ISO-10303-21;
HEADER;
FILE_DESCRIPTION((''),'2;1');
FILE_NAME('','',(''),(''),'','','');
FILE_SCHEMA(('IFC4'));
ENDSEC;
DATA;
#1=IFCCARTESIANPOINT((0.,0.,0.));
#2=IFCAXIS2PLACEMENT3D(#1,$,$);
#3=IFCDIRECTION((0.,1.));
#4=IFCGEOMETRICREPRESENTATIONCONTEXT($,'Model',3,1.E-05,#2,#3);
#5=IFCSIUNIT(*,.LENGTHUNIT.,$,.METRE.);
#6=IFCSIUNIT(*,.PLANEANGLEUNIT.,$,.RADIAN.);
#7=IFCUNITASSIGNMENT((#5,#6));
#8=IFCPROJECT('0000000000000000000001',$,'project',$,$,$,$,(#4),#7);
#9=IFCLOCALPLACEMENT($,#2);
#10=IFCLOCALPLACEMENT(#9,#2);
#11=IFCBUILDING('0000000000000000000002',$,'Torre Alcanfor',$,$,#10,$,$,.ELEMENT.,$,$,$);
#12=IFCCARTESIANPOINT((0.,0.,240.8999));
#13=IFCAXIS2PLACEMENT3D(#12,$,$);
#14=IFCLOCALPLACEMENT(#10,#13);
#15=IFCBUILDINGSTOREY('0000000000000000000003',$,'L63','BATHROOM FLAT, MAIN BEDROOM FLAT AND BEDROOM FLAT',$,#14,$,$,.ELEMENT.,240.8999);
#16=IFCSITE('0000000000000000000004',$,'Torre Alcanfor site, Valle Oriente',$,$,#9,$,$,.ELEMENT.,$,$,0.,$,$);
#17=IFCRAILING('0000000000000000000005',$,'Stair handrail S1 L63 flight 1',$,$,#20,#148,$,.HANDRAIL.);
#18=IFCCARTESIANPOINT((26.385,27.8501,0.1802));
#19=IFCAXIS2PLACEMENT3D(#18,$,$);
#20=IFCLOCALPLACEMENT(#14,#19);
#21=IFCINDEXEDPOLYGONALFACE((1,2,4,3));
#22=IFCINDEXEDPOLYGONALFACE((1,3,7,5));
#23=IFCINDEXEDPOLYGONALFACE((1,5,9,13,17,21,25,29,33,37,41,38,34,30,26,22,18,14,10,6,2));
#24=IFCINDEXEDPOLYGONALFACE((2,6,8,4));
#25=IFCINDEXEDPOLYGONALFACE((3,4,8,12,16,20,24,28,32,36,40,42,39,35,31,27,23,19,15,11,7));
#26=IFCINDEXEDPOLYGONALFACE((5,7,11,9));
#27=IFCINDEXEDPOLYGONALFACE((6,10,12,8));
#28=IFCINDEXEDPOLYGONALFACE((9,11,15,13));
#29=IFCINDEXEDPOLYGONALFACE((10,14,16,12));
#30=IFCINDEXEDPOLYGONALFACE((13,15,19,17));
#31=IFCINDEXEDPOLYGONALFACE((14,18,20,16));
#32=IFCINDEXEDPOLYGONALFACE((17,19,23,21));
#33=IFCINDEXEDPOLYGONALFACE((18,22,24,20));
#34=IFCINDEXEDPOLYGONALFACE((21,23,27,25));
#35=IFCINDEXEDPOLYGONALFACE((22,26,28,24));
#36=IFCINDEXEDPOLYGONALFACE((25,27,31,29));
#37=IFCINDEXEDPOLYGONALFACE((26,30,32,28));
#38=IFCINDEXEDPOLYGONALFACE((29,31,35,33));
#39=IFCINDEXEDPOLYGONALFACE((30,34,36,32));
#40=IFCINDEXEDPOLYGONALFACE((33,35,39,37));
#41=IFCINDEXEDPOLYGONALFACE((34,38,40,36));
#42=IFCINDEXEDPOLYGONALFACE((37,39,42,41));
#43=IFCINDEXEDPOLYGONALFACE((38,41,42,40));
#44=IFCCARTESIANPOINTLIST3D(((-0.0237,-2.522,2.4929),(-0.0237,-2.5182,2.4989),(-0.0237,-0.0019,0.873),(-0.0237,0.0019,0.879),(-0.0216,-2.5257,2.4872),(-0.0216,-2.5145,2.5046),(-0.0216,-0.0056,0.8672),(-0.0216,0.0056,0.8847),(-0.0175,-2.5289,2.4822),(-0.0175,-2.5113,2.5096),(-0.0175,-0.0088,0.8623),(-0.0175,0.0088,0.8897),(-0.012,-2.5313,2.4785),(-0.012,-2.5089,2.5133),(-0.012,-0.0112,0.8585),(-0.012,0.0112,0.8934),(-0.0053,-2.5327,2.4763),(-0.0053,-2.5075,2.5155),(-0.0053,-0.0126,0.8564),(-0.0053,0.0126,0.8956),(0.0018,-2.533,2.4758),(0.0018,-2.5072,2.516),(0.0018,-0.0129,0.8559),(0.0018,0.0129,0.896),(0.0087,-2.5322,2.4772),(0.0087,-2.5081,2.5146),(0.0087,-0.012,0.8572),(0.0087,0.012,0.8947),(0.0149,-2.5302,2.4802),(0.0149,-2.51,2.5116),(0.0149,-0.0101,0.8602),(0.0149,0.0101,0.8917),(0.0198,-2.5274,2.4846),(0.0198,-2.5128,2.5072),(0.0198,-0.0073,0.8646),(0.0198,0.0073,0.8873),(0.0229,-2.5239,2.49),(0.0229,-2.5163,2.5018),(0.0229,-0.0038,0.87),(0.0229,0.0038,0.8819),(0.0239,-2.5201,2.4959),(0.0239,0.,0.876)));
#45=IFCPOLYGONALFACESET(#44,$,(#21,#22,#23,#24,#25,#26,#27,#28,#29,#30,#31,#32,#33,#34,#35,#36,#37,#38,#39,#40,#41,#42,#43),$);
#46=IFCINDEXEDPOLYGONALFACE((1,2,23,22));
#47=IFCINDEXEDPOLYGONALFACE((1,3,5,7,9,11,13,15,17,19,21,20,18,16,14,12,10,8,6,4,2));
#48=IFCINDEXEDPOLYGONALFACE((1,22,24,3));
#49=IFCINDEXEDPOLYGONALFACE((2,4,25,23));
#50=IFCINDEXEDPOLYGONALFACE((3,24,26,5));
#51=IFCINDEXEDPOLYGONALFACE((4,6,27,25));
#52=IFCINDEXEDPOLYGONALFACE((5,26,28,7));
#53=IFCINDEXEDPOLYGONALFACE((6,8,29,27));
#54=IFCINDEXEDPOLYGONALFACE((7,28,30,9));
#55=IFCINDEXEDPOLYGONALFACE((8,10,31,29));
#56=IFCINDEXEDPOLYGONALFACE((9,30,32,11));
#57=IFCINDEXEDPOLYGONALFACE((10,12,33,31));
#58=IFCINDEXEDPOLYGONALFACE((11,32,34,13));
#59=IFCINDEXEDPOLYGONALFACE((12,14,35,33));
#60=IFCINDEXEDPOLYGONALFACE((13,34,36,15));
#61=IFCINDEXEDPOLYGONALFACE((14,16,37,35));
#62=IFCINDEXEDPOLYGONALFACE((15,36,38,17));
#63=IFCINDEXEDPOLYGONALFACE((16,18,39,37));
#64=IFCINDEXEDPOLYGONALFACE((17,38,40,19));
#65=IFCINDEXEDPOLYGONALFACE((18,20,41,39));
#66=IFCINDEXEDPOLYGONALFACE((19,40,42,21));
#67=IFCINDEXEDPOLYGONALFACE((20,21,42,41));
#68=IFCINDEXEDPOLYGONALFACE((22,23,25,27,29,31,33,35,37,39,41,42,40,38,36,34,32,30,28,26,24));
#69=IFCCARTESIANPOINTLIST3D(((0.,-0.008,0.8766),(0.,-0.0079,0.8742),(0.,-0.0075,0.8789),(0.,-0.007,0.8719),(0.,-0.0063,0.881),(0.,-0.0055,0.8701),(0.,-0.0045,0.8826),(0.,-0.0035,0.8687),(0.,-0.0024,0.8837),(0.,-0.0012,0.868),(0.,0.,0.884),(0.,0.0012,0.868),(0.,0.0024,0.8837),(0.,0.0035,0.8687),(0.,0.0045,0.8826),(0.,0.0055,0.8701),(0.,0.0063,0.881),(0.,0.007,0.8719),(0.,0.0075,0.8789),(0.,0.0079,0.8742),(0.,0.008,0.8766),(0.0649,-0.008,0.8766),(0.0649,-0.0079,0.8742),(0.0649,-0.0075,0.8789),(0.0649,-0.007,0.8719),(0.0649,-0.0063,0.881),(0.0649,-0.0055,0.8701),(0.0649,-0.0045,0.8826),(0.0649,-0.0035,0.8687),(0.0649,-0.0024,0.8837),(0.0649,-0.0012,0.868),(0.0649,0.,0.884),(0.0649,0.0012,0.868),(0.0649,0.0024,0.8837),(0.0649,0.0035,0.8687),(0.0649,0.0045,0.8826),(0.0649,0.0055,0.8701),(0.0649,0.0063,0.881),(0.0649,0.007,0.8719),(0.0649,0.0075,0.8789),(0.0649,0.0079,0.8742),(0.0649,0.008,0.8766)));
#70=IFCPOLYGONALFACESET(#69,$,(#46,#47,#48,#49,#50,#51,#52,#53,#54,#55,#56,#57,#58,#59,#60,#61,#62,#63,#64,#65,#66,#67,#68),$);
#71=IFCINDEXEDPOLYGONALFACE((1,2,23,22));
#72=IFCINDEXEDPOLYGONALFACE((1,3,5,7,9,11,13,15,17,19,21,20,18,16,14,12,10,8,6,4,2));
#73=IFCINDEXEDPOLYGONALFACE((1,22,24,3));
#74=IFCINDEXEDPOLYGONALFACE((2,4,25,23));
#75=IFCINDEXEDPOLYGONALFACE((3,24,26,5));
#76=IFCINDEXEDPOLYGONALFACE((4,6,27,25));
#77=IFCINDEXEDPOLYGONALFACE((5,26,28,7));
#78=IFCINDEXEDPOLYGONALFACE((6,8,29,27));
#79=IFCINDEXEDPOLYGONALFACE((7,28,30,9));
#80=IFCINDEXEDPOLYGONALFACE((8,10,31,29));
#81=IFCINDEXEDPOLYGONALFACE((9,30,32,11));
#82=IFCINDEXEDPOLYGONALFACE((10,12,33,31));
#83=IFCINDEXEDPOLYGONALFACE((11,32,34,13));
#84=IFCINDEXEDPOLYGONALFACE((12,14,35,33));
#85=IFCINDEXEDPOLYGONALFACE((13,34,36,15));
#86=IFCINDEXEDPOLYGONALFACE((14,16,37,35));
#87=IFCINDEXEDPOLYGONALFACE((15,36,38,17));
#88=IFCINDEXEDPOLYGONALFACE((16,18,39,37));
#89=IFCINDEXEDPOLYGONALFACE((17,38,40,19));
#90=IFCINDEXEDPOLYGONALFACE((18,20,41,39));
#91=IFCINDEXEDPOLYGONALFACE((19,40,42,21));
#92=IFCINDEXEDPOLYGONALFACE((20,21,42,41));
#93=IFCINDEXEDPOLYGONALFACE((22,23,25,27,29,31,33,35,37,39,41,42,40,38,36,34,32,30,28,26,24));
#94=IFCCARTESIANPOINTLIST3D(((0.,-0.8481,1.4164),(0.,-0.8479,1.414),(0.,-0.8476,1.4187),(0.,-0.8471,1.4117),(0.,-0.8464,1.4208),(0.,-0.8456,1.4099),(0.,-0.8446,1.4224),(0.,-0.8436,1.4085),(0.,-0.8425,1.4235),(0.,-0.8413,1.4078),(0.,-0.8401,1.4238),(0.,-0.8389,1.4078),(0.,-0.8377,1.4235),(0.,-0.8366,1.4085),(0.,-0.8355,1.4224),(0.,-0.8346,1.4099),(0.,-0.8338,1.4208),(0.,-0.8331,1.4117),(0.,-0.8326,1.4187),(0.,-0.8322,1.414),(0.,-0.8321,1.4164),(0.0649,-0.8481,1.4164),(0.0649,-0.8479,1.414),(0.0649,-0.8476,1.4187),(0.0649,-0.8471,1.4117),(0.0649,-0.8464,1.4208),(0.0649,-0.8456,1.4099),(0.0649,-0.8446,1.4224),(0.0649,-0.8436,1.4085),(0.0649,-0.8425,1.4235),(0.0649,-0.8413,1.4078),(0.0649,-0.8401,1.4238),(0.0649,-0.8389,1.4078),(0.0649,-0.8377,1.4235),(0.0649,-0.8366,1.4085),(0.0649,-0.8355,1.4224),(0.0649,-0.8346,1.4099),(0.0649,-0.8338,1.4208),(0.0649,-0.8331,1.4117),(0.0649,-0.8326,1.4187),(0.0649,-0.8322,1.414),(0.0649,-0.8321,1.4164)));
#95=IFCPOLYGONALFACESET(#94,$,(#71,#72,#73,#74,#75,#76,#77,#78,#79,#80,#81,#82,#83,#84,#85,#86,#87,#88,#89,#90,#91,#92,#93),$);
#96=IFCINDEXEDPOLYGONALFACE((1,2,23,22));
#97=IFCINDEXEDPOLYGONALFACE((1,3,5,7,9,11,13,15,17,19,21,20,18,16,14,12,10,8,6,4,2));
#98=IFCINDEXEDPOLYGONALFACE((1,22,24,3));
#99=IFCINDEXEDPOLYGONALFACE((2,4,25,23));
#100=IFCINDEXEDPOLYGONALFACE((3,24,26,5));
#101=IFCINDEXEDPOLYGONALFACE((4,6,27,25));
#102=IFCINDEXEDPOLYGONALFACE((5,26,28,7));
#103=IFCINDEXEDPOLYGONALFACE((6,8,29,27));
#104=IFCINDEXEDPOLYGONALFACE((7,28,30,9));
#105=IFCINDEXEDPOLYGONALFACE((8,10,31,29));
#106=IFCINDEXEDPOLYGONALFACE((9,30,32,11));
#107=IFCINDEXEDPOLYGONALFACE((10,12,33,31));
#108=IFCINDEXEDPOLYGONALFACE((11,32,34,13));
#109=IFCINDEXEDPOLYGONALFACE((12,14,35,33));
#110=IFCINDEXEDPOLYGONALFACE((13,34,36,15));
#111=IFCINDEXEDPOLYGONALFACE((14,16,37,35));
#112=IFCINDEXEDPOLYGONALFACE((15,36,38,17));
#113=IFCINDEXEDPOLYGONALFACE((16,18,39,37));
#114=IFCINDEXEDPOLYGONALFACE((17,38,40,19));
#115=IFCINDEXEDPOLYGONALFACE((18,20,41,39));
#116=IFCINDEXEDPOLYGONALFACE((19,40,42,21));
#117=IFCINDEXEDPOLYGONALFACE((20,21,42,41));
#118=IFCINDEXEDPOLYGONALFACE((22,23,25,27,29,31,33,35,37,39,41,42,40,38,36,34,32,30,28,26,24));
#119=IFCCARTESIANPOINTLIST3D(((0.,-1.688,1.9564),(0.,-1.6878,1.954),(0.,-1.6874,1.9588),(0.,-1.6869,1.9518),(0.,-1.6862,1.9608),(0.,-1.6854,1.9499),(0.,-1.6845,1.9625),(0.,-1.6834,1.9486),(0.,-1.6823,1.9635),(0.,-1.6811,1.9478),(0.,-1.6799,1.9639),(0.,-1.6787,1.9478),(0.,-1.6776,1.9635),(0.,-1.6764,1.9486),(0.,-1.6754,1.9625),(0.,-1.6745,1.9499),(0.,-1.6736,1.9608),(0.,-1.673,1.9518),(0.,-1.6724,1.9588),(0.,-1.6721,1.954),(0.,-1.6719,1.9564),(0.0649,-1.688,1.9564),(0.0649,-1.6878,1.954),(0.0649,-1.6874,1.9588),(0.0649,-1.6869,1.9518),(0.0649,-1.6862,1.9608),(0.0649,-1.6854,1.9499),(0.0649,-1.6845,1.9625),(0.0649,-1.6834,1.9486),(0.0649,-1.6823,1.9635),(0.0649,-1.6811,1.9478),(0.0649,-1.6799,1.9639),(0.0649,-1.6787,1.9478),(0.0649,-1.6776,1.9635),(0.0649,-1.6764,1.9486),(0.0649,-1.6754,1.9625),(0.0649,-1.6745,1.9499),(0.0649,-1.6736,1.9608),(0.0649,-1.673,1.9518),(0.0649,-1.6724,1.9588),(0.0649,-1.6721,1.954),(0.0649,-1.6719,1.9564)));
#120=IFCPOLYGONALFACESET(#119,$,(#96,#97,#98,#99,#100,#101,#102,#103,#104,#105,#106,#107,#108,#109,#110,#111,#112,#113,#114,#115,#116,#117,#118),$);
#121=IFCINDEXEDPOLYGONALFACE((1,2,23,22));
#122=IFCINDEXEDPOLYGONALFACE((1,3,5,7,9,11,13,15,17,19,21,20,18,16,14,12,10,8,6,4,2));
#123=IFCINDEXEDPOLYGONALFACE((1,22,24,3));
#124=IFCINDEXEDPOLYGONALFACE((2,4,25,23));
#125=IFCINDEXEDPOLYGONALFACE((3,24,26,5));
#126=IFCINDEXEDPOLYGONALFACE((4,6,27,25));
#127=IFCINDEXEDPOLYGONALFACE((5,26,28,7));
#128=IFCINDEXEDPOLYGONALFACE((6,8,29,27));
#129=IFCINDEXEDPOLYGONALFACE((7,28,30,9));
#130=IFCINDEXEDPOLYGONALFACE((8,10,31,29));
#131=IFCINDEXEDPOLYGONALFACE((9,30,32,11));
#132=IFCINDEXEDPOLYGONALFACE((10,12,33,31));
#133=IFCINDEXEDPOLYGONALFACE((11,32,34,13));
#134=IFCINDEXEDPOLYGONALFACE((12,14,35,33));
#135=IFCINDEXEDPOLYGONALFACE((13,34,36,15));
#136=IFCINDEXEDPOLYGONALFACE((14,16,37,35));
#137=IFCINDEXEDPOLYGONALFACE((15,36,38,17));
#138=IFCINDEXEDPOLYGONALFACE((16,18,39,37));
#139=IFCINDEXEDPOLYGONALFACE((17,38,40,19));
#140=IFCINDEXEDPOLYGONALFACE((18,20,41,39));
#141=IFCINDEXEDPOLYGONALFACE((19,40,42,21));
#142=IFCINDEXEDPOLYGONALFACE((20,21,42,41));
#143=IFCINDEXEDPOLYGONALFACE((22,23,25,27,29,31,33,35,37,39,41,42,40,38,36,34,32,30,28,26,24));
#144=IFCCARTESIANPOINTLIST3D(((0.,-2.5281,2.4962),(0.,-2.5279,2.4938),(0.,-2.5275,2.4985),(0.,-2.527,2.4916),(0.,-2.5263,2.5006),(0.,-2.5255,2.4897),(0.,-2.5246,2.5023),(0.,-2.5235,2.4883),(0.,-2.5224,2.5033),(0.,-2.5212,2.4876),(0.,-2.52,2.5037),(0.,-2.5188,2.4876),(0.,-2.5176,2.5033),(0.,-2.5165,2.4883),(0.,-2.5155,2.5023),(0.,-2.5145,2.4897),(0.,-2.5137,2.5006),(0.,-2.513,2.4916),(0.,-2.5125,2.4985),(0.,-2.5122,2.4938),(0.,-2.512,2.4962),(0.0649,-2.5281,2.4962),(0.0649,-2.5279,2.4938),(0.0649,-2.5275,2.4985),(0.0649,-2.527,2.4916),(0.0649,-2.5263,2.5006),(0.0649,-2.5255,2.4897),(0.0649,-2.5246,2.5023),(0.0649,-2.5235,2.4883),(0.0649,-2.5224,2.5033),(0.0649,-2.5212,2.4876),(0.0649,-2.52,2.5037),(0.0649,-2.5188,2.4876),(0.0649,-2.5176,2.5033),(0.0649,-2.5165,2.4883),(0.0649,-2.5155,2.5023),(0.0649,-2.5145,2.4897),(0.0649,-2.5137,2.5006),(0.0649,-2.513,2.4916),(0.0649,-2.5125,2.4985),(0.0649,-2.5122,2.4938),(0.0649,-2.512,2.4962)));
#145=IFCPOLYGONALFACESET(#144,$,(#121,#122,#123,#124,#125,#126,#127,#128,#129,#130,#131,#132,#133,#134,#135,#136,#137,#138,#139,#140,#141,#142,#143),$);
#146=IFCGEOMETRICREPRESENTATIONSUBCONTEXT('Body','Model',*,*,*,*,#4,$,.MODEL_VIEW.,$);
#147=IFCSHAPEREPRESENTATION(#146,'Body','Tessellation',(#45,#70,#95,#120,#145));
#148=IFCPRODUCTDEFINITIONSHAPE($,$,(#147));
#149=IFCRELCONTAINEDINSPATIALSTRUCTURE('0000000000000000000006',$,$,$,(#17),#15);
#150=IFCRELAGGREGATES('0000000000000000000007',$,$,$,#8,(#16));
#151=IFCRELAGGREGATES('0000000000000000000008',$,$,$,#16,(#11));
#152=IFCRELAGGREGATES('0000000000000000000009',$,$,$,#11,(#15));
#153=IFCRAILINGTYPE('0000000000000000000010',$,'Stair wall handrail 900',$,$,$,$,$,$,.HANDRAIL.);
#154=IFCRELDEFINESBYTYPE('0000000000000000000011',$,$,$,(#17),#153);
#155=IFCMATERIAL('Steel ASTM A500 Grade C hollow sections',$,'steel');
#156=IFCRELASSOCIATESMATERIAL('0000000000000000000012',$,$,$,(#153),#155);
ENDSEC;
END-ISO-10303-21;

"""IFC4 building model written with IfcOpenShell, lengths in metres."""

from ifc_helpers import new_model, si_unit, direction, frame, origin, origin_2d, place, context, subcontext, project, spatial, circle, extrude, material, type_object, element, save


model = new_model("IFC4")

# Units and contexts
model_context = context("Model", 3, precision=1e-05, world=origin(), true_north=direction((0.0, 1.0)))
body_context = subcontext(model_context, "Body", "Model", "MODEL_VIEW")
ifc_project = project(units=[si_unit("LENGTHUNIT", "METRE"), si_unit("PLANEANGLEUNIT", "RADIAN")], contexts=[model_context])

# Site, building, storey
site_placement = place(None, origin())
site = spatial("IfcSite", under=ifc_project, at=site_placement, Name="Torre Alcanfor site, Valle Oriente", CompositionType="ELEMENT", RefElevation=0.0)
building_placement = place(site_placement, origin())
building = spatial("IfcBuilding", under=site, at=building_placement, Name="Torre Alcanfor", CompositionType="ELEMENT")
storey_placement = place(building_placement, frame((0.0, 0.0, 240.8999)))
storey = spatial("IfcBuildingStorey", under=building, at=storey_placement, Name="L63", Description="BATHROOM FLAT, MAIN BEDROOM FLAT AND BEDROOM FLAT", CompositionType="ELEMENT", Elevation=240.8999)

# Railing
ifc_material_1 = material(Name="Steel ASTM A500 Grade C hollow sections", Category="steel")
railing_type = type_object("IfcRailingType", Name="Stair wall handrail 900", PredefinedType="HANDRAIL", material=ifc_material_1)
railing_placement = place(storey_placement, frame((26.385, 27.8501, 0.1802)))
element("IfcRailing", 1, at=railing_placement, inside=storey, type_object=railing_type, Name="Stair handrail S1 L63 flight 1", PredefinedType="HANDRAIL", context=body_context, shape_type="SweptSolid", body=[
    extrude(circle(Radius=0.0239, at=origin_2d()), frame((0.0, 0.0, 0.876), z_axis=(0.0, -0.8412, 0.540725), x_axis=(1.0, 0.0, 0.0)), (0.0, 0.0, 1.0), 2.9958),
    extrude(circle(Radius=0.0081, at=origin_2d()), frame((0.0, 0.0, 0.876), z_axis=(1.0, 0.0, 0.0), x_axis=(0.0, 0.0, 1.0)), (0.0, 0.0, 1.0), 0.0649),
    extrude(circle(Radius=0.0081, at=origin_2d()), frame((0.0, -0.8401, 1.4158), z_axis=(1.0, 0.0, 0.0), x_axis=(0.0, 0.0, 1.0)), (0.0, 0.0, 1.0), 0.0649),
    extrude(circle(Radius=0.0081, at=origin_2d()), frame((0.0, -1.6799, 1.9558), z_axis=(1.0, 0.0, 0.0), x_axis=(0.0, 0.0, 1.0)), (0.0, 0.0, 1.0), 0.0649),
    extrude(circle(Radius=0.0081, at=origin_2d()), frame((0.0, -2.52, 2.4956), z_axis=(1.0, 0.0, 0.0), x_axis=(0.0, 0.0, 1.0)), (0.0, 0.0, 1.0), 0.0649),
])

save(model, "model.ifc")
